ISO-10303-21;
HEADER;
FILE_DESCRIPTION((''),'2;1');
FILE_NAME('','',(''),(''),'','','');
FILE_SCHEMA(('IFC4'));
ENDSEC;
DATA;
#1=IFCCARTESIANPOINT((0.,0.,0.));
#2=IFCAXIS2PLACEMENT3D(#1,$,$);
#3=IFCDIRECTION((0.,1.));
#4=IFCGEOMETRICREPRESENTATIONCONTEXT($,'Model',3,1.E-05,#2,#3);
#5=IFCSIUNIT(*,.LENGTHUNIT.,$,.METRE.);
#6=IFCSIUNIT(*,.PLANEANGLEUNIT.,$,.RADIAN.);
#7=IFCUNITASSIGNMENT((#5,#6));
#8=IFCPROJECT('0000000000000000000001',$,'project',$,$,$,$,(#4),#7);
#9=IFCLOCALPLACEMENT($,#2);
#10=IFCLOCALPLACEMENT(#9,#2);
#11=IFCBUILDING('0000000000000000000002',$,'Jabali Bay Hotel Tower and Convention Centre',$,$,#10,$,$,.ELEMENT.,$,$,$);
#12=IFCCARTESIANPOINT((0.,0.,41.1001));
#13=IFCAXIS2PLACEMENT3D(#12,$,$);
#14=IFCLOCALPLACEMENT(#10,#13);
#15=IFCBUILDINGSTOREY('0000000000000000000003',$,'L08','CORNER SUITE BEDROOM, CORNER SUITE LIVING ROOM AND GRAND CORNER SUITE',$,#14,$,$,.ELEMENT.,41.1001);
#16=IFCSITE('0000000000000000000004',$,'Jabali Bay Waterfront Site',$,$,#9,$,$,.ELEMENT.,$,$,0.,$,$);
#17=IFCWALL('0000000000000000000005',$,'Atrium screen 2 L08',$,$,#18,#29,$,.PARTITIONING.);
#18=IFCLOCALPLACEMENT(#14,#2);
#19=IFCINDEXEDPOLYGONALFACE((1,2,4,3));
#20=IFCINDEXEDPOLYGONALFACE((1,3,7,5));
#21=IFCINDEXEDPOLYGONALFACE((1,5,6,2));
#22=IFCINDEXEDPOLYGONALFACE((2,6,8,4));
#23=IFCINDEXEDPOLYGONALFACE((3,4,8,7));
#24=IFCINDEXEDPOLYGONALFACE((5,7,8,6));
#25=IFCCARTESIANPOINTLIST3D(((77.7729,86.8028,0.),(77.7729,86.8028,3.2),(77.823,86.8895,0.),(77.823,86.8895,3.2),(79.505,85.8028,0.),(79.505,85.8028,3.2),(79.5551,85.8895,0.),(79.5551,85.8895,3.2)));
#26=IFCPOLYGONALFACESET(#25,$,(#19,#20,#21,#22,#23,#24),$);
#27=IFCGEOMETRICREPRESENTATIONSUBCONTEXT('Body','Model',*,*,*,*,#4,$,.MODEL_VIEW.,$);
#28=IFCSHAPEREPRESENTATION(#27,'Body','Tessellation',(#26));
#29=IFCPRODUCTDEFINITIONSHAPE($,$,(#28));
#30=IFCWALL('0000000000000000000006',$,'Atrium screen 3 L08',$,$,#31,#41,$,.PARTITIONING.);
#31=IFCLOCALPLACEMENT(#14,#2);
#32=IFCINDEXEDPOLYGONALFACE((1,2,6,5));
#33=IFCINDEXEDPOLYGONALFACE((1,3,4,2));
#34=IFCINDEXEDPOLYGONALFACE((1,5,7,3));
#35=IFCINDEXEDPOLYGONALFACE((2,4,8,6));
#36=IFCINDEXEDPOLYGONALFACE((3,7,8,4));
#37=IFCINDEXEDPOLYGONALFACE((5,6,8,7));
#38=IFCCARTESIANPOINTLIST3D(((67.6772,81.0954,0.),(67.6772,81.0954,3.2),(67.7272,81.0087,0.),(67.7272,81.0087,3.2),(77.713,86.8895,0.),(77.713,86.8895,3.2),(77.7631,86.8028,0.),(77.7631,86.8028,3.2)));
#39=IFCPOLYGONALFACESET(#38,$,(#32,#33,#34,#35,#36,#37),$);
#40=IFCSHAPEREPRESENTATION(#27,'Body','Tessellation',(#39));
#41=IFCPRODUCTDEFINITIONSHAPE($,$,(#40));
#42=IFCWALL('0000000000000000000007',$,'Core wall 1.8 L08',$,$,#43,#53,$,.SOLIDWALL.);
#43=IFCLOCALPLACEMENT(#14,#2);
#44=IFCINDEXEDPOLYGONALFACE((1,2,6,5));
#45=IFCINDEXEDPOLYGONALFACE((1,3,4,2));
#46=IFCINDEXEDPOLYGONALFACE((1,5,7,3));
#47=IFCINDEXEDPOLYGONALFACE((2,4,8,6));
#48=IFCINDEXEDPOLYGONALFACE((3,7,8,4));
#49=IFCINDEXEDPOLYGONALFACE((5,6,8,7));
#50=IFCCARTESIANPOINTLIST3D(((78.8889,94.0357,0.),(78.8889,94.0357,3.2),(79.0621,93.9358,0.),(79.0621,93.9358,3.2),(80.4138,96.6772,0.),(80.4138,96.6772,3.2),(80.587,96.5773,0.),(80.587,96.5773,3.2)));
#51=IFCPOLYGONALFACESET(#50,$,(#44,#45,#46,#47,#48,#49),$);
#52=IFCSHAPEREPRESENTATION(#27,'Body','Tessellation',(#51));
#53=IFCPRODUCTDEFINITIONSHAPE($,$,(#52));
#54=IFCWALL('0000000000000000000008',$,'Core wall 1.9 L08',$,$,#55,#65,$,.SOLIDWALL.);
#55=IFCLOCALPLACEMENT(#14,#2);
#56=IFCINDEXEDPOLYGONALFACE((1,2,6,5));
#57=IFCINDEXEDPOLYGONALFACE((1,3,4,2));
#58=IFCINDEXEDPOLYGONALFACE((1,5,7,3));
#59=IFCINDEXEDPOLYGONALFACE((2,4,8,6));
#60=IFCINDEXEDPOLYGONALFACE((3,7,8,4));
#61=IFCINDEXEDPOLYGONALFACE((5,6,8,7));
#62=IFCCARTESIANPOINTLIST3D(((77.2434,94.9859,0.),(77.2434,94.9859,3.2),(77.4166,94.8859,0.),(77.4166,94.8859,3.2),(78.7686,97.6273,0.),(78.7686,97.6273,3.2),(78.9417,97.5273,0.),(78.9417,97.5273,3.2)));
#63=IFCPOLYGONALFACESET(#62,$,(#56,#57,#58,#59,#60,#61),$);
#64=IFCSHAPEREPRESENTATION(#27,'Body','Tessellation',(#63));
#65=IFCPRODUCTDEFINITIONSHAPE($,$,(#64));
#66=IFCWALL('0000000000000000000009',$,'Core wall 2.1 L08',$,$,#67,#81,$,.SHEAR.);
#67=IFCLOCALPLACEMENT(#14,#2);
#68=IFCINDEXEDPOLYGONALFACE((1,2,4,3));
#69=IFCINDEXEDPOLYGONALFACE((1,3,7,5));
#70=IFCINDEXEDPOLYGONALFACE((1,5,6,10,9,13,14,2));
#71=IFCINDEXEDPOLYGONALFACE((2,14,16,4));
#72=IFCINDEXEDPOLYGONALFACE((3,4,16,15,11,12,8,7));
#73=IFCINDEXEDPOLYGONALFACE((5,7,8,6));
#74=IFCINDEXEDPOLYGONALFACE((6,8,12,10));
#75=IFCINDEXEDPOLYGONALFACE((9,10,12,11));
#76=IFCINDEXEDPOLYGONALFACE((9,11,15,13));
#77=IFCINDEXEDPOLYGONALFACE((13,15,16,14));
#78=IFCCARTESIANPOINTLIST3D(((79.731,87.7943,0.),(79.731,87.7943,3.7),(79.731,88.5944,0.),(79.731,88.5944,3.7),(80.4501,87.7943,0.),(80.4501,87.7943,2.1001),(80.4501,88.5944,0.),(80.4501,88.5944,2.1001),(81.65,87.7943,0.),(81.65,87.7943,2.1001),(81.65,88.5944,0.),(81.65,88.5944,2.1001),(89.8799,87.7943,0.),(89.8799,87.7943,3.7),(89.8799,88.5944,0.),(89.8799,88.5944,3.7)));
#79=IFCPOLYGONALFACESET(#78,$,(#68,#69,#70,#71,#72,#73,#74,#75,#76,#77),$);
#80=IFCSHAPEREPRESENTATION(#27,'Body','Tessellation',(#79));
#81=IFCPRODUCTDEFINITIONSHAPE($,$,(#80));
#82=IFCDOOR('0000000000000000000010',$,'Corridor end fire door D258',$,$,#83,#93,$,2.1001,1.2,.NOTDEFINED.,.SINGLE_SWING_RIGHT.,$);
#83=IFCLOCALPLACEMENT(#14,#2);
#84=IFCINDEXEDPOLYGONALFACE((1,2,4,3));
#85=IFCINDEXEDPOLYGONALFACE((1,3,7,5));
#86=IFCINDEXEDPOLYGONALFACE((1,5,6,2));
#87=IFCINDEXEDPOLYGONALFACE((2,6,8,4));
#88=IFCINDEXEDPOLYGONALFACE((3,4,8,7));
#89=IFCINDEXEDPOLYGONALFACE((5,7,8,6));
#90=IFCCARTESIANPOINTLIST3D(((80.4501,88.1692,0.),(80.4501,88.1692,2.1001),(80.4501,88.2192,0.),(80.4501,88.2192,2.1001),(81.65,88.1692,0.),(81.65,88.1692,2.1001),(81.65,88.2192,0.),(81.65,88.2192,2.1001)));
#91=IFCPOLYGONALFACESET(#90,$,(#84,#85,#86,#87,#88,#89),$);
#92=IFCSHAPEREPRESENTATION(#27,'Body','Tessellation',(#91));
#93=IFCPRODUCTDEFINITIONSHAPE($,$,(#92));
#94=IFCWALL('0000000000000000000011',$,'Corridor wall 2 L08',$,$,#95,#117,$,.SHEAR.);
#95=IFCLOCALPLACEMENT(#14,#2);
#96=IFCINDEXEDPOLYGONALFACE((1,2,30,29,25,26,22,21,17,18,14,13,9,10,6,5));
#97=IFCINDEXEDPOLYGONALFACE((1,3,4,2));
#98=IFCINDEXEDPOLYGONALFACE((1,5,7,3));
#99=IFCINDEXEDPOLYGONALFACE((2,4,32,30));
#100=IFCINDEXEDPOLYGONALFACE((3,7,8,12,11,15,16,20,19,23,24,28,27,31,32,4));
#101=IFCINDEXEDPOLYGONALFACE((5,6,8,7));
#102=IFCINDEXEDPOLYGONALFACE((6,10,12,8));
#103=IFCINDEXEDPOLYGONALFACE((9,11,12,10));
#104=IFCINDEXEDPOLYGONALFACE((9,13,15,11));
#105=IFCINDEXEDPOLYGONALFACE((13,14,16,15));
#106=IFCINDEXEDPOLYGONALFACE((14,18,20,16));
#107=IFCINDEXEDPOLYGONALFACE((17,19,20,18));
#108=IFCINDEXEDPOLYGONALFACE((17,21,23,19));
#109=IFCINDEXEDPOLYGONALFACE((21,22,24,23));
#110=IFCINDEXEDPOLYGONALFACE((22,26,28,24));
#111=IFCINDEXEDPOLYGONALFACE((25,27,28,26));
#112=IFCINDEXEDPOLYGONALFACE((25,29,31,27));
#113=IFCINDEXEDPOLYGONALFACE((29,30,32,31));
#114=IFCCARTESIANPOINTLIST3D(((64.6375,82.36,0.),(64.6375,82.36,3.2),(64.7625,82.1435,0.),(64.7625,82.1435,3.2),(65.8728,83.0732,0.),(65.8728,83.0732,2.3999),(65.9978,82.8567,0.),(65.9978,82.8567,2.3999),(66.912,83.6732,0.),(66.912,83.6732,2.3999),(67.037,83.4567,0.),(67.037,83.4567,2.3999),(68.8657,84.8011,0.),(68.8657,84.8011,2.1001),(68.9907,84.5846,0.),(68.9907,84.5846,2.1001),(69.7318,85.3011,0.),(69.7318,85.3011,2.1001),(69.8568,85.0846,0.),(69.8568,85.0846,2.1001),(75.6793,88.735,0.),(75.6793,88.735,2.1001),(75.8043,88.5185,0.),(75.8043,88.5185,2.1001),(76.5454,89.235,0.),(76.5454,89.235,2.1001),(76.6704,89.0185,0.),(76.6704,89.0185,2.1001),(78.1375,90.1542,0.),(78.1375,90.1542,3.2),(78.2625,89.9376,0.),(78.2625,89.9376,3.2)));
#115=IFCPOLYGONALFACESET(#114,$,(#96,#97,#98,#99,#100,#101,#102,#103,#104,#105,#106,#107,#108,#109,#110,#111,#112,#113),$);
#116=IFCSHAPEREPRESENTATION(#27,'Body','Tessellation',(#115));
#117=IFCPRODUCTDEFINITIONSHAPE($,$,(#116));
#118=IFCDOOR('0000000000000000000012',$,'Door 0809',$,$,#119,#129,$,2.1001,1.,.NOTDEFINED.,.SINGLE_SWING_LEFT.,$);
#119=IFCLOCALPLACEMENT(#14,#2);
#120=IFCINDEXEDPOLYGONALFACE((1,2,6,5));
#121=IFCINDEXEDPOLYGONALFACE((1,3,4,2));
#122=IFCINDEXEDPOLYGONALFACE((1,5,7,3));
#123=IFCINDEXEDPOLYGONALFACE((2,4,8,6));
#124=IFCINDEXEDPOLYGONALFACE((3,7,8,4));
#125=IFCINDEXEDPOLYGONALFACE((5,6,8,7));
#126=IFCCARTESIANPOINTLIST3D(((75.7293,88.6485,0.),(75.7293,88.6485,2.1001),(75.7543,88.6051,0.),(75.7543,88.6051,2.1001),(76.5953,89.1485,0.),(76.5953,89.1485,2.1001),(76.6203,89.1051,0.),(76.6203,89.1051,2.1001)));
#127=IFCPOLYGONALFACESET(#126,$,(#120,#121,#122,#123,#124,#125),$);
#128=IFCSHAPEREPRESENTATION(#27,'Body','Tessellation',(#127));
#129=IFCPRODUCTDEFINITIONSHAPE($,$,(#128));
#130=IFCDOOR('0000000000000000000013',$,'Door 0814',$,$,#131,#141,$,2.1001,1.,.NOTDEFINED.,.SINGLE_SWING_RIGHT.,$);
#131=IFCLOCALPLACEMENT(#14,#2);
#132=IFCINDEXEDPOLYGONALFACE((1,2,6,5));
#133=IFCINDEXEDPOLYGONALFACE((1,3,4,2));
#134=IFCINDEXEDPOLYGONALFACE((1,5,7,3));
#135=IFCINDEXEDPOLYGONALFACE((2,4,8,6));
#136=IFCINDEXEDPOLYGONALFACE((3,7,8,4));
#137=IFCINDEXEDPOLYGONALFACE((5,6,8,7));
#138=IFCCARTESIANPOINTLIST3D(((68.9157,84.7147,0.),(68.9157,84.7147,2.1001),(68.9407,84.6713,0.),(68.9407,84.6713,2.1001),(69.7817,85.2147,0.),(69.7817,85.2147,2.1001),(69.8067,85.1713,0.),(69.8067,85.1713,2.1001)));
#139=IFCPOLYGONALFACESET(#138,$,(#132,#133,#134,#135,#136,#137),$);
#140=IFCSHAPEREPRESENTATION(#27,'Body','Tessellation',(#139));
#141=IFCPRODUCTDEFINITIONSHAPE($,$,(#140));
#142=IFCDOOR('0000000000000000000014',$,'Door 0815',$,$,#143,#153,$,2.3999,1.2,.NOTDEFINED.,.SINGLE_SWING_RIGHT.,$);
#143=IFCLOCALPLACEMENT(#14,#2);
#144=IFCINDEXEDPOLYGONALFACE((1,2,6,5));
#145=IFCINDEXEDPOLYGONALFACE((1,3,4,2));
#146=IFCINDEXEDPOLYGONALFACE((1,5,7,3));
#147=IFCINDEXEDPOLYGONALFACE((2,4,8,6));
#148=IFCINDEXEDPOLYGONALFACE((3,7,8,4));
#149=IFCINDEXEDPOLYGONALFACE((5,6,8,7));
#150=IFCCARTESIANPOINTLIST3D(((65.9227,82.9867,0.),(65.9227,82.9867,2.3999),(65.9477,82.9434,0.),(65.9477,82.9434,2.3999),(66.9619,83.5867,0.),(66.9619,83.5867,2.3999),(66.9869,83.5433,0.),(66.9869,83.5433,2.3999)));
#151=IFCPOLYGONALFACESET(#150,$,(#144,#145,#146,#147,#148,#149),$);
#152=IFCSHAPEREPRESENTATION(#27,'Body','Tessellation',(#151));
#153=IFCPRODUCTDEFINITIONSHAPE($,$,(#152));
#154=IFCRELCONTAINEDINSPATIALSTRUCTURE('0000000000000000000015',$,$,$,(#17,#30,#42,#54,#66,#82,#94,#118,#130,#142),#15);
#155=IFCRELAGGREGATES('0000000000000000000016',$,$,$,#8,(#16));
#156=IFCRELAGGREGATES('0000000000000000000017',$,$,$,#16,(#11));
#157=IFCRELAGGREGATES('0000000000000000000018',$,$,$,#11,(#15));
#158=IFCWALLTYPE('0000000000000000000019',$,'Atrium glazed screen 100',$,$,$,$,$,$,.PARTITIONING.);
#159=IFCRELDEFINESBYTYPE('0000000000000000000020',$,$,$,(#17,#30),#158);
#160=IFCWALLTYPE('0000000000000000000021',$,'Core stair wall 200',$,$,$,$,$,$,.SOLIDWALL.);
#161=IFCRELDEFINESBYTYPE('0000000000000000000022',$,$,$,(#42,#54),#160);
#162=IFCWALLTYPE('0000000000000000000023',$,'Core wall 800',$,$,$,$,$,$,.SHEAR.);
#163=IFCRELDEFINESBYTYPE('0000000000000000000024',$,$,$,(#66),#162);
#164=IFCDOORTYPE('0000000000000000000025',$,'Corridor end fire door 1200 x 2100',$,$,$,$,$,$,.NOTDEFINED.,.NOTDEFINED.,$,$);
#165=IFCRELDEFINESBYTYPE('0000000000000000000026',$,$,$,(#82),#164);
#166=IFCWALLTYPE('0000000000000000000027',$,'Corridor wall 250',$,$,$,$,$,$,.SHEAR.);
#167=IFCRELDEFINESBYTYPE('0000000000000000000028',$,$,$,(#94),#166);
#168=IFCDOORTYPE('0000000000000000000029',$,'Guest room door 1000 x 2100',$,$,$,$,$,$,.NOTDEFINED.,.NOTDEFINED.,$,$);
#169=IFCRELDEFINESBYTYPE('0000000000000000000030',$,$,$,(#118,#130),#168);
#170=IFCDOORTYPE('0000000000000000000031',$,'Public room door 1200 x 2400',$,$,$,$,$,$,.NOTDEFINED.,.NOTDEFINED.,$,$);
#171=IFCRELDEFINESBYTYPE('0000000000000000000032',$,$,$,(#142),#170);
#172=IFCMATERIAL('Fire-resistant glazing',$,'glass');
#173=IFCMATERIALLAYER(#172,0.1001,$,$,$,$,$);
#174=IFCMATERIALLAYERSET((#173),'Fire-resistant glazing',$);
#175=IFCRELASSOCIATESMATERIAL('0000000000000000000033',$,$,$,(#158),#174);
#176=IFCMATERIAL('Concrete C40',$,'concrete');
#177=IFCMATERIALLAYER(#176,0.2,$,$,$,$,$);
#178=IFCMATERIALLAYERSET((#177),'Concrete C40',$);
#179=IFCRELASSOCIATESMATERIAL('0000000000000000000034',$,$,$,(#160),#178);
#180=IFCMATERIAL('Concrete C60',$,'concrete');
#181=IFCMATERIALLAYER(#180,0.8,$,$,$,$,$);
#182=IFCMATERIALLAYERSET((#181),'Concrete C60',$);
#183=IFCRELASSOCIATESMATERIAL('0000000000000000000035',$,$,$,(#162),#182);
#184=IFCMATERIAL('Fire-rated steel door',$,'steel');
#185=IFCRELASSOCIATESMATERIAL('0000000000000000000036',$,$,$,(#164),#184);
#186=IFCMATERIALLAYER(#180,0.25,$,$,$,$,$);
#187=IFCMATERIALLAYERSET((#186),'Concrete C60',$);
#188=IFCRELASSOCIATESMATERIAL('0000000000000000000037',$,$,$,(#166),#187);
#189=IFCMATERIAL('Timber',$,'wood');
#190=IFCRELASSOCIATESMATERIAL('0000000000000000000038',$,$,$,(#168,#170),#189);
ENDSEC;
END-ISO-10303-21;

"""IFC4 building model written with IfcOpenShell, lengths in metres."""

from ifc_helpers import new_model, si_unit, direction, frame, frame_2d, origin, place, context, subcontext, project, spatial, rectangle, extrude, material, layer, layer_set, type_object, element, fill, save


model = new_model("IFC4")

# Units and contexts
model_context = context("Model", 3, precision=1e-05, world=origin(), true_north=direction((0.0, 1.0)))
body_context = subcontext(model_context, "Body", "Model", "MODEL_VIEW")
ifc_project = project(units=[si_unit("LENGTHUNIT", "METRE"), si_unit("PLANEANGLEUNIT", "RADIAN")], contexts=[model_context])

# Site, building, storey
site_placement = place(None, origin())
site = spatial("IfcSite", under=ifc_project, at=site_placement, Name="Jabali Bay Waterfront Site", CompositionType="ELEMENT", RefElevation=0.0)
building_placement = place(site_placement, origin())
building = spatial("IfcBuilding", under=site, at=building_placement, Name="Jabali Bay Hotel Tower and Convention Centre", CompositionType="ELEMENT")
storey_placement = place(building_placement, frame((0.0, 0.0, 41.1001)))
storey = spatial("IfcBuildingStorey", under=building, at=storey_placement, Name="L08", Description="CORNER SUITE BEDROOM, CORNER SUITE LIVING ROOM AND GRAND CORNER SUITE", CompositionType="ELEMENT", Elevation=41.1001)

# Walls
ifc_material_1 = material(Name="Fire-resistant glazing", Category="glass")
ifc_layer_1 = layer(ifc_material_1, 0.1001)
ifc_layer_set_1 = layer_set([ifc_layer_1], Name="Fire-resistant glazing")
wall_type_1 = type_object("IfcWallType", Name="Atrium glazed screen 100", PredefinedType="PARTITIONING", material=ifc_layer_set_1)
wall_1_placement = place(storey_placement, frame((79.53, 85.8462, 0.0), z_axis=(0.0, 0.0, 1.0), x_axis=(-0.866041, 0.499973, 0.0)))
element("IfcWall", 1, at=wall_1_placement, inside=storey, type_object=wall_type_1, Name="Atrium screen 2 L08", PredefinedType="PARTITIONING", context=body_context, shape_type="SweptSolid", body=[
    extrude(rectangle(XDim=2.0, YDim=0.1001, at=frame_2d((1.0, 0.0))), origin(), (0.0, 0.0, 1.0), 3.2),
])
wall_2_placement = place(storey_placement, frame((77.738, 86.8462, 0.0), z_axis=(0.0, 0.0, 1.0), x_axis=(-0.866027, -0.499998, 0.0)))
element("IfcWall", 2, at=wall_2_placement, inside=storey, type_object=wall_type_1, Name="Atrium screen 3 L08", PredefinedType="PARTITIONING", context=body_context, shape_type="SweptSolid", body=[
    extrude(rectangle(XDim=11.5884, YDim=0.1001, at=frame_2d((5.7942, 0.0))), origin(), (0.0, 0.0, 1.0), 3.2),
])
ifc_material_2 = material(Name="Concrete C40", Category="concrete")
ifc_layer_2 = layer(ifc_material_2, 0.2)
ifc_layer_set_2 = layer_set([ifc_layer_2], Name="Concrete C40")
wall_type_2 = type_object("IfcWallType", Name="Core stair wall 200", PredefinedType="SOLIDWALL", material=ifc_layer_set_2)
for number, where, z_axis, x_axis, name in (
    (3, (78.9756, 93.9858, 0.0), (0.0, 0.0, 1.0), (0.499944, 0.866058, 0.0), "Core wall 1.8 L08"),
    (4, (77.3301, 94.936, 0.0), (0.0, 0.0, 1.0), (0.500039, 0.866003, 0.0), "Core wall 1.9 L08"),
):
    element("IfcWall", number, at=place(storey_placement, frame(where, z_axis=z_axis, x_axis=x_axis)), inside=storey, type_object=wall_type_2, Name=name, PredefinedType="SOLIDWALL", context=body_context, shape_type="SweptSolid", body=[
        extrude(rectangle(XDim=3.05, YDim=0.2, at=frame_2d((1.5249, 0.0))), origin(), (0.0, 0.0, 1.0), 3.2),
    ])

# Wall, opening, door
ifc_material_3 = material(Name="Concrete C60", Category="concrete")
ifc_layer_3 = layer(ifc_material_3, 0.8)
ifc_layer_set_3 = layer_set([ifc_layer_3], Name="Concrete C60")
wall_type_3 = type_object("IfcWallType", Name="Core wall 800", PredefinedType="SHEAR", material=ifc_layer_set_3)
wall_3_placement = place(storey_placement, frame((79.731, 88.1943, 0.0), z_axis=(0.0, 0.0, 1.0), x_axis=(1.0, 0.0, 0.0)))
wall_3 = element("IfcWall", 5, at=wall_3_placement, inside=storey, type_object=wall_type_3, Name="Core wall 2.1 L08", PredefinedType="SHEAR", context=body_context, shape_type="SweptSolid", body=[
    extrude(rectangle(XDim=10.1489, YDim=0.8, at=frame_2d((5.0745, 0.0))), origin(), (0.0, 0.0, 1.0), 3.7),
])
opening_1_placement = place(wall_3_placement, frame((0.719, 0.0, 0.0)))
opening_1 = element("IfcOpeningElement", 6, at=opening_1_placement, cuts=wall_3, PredefinedType="OPENING", context=body_context, shape_type="SweptSolid", body=[
    extrude(rectangle(XDim=1.2, YDim=2.1001, at=frame_2d((0.6001, 1.05))), frame((0.0, 0.4106, 0.0), z_axis=(0.0, -1.0, 0.0), x_axis=(1.0, 0.0, 0.0)), (0.0, 0.0, 1.0), 0.821),
])
ifc_material_4 = material(Name="Fire-rated steel door", Category="steel")
door_type_1 = type_object("IfcDoorType", Name="Corridor end fire door 1200 x 2100", OperationType="NOTDEFINED", PredefinedType="NOTDEFINED", material=ifc_material_4)
door_1_placement = place(opening_1_placement, origin())
door_1 = element("IfcDoor", 7, at=door_1_placement, inside=storey, type_object=door_type_1, Name="Corridor end fire door D258", OperationType="SINGLE_SWING_RIGHT", OverallHeight=2.1001, OverallWidth=1.2, PredefinedType="NOTDEFINED", context=body_context, shape_type="SweptSolid", body=[
    extrude(rectangle(XDim=1.2, YDim=2.1001, at=frame_2d((0.6001, 1.05))), frame((0.0, 0.0249, 0.0), z_axis=(0.0, -1.0, 0.0), x_axis=(1.0, 0.0, 0.0)), (0.0, 0.0, 1.0), 0.05),
])
fill(opening_1, door_1)

# Wall, openings, doors
ifc_layer_4 = layer(ifc_material_3, 0.25)
ifc_layer_set_4 = layer_set([ifc_layer_4], Name="Concrete C60")
wall_type_4 = type_object("IfcWallType", Name="Corridor wall 250", PredefinedType="SHEAR", material=ifc_layer_set_4)
wall_4_placement = place(storey_placement, frame((78.2, 90.0459, 0.0), z_axis=(0.0, 0.0, 1.0), x_axis=(-0.866026, -0.499998, 0.0)))
wall_4 = element("IfcWall", 8, at=wall_4_placement, inside=storey, type_object=wall_type_4, Name="Corridor wall 2 L08", PredefinedType="SHEAR", context=body_context, shape_type="SweptSolid", body=[
    extrude(rectangle(XDim=15.5884, YDim=0.25, at=frame_2d((7.7942, 0.0))), origin(), (0.0, 0.0, 1.0), 3.2),
])
opening_2_placement = place(wall_4_placement, frame((1.8384, 0.0, 0.0)))
opening_2 = element("IfcOpeningElement", 9, at=opening_2_placement, cuts=wall_4, PredefinedType="OPENING", context=body_context, shape_type="SweptSolid", body=[
    extrude(rectangle(XDim=1.0, YDim=2.1001, at=frame_2d((0.5, 1.05))), frame((0.0, 0.1355, 0.0), z_axis=(0.0, -1.0, 0.0), x_axis=(1.0, 0.0, 0.0)), (0.0, 0.0, 1.0), 0.271),
])
opening_3_placement = place(wall_4_placement, frame((9.7061, 0.0, 0.0)))
opening_3 = element("IfcOpeningElement", 10, at=opening_3_placement, cuts=wall_4, PredefinedType="OPENING", context=body_context, shape_type="SweptSolid", body=[
    extrude(rectangle(XDim=1.0, YDim=2.1001, at=frame_2d((0.5, 1.05))), frame((0.0, 0.1355, 0.0), z_axis=(0.0, -1.0, 0.0), x_axis=(1.0, 0.0, 0.0)), (0.0, 0.0, 1.0), 0.271),
])
opening_4_placement = place(wall_4_placement, frame((12.9619, 0.0, 0.0)))
opening_4 = element("IfcOpeningElement", 11, at=opening_4_placement, cuts=wall_4, PredefinedType="OPENING", context=body_context, shape_type="SweptSolid", body=[
    extrude(rectangle(XDim=1.2, YDim=2.3999, at=frame_2d((0.6001, 1.2))), frame((0.0, 0.1355, 0.0), z_axis=(0.0, -1.0, 0.0), x_axis=(1.0, 0.0, 0.0)), (0.0, 0.0, 1.0), 0.271),
])
ifc_material_5 = material(Name="Timber", Category="wood")
door_type_2 = type_object("IfcDoorType", Name="Guest room door 1000 x 2100", OperationType="NOTDEFINED", PredefinedType="NOTDEFINED", material=ifc_material_5)
door_2_placement = place(opening_2_placement, origin())
door_2 = element("IfcDoor", 12, at=door_2_placement, inside=storey, type_object=door_type_2, Name="Door 0809", OperationType="SINGLE_SWING_LEFT", OverallHeight=2.1001, OverallWidth=1.0, PredefinedType="NOTDEFINED", context=body_context, shape_type="SweptSolid", body=[
    extrude(rectangle(XDim=1.0, YDim=2.1001, at=frame_2d((0.5, 1.05))), frame((0.0, 0.0249, 0.0), z_axis=(0.0, -1.0, 0.0), x_axis=(1.0, 0.0, 0.0)), (0.0, 0.0, 1.0), 0.05),
])
fill(opening_2, door_2)
door_3_placement = place(opening_3_placement, origin())
door_3 = element("IfcDoor", 13, at=door_3_placement, inside=storey, type_object=door_type_2, Name="Door 0814", OperationType="SINGLE_SWING_RIGHT", OverallHeight=2.1001, OverallWidth=1.0, PredefinedType="NOTDEFINED", context=body_context, shape_type="SweptSolid", body=[
    extrude(rectangle(XDim=1.0, YDim=2.1001, at=frame_2d((0.5, 1.05))), frame((0.0, 0.0249, 0.0), z_axis=(0.0, -1.0, 0.0), x_axis=(1.0, 0.0, 0.0)), (0.0, 0.0, 1.0), 0.05),
])
fill(opening_3, door_3)
door_type_3 = type_object("IfcDoorType", Name="Public room door 1200 x 2400", OperationType="NOTDEFINED", PredefinedType="NOTDEFINED", material=ifc_material_5)
door_4_placement = place(opening_4_placement, origin())
door_4 = element("IfcDoor", 14, at=door_4_placement, inside=storey, type_object=door_type_3, Name="Door 0815", OperationType="SINGLE_SWING_RIGHT", OverallHeight=2.3999, OverallWidth=1.2, PredefinedType="NOTDEFINED", context=body_context, shape_type="SweptSolid", body=[
    extrude(rectangle(XDim=1.2, YDim=2.3999, at=frame_2d((0.6001, 1.2))), frame((0.0, 0.0249, 0.0), z_axis=(0.0, -1.0, 0.0), x_axis=(1.0, 0.0, 0.0)), (0.0, 0.0, 1.0), 0.05),
])
fill(opening_4, door_4)

save(model, "model.ifc")
